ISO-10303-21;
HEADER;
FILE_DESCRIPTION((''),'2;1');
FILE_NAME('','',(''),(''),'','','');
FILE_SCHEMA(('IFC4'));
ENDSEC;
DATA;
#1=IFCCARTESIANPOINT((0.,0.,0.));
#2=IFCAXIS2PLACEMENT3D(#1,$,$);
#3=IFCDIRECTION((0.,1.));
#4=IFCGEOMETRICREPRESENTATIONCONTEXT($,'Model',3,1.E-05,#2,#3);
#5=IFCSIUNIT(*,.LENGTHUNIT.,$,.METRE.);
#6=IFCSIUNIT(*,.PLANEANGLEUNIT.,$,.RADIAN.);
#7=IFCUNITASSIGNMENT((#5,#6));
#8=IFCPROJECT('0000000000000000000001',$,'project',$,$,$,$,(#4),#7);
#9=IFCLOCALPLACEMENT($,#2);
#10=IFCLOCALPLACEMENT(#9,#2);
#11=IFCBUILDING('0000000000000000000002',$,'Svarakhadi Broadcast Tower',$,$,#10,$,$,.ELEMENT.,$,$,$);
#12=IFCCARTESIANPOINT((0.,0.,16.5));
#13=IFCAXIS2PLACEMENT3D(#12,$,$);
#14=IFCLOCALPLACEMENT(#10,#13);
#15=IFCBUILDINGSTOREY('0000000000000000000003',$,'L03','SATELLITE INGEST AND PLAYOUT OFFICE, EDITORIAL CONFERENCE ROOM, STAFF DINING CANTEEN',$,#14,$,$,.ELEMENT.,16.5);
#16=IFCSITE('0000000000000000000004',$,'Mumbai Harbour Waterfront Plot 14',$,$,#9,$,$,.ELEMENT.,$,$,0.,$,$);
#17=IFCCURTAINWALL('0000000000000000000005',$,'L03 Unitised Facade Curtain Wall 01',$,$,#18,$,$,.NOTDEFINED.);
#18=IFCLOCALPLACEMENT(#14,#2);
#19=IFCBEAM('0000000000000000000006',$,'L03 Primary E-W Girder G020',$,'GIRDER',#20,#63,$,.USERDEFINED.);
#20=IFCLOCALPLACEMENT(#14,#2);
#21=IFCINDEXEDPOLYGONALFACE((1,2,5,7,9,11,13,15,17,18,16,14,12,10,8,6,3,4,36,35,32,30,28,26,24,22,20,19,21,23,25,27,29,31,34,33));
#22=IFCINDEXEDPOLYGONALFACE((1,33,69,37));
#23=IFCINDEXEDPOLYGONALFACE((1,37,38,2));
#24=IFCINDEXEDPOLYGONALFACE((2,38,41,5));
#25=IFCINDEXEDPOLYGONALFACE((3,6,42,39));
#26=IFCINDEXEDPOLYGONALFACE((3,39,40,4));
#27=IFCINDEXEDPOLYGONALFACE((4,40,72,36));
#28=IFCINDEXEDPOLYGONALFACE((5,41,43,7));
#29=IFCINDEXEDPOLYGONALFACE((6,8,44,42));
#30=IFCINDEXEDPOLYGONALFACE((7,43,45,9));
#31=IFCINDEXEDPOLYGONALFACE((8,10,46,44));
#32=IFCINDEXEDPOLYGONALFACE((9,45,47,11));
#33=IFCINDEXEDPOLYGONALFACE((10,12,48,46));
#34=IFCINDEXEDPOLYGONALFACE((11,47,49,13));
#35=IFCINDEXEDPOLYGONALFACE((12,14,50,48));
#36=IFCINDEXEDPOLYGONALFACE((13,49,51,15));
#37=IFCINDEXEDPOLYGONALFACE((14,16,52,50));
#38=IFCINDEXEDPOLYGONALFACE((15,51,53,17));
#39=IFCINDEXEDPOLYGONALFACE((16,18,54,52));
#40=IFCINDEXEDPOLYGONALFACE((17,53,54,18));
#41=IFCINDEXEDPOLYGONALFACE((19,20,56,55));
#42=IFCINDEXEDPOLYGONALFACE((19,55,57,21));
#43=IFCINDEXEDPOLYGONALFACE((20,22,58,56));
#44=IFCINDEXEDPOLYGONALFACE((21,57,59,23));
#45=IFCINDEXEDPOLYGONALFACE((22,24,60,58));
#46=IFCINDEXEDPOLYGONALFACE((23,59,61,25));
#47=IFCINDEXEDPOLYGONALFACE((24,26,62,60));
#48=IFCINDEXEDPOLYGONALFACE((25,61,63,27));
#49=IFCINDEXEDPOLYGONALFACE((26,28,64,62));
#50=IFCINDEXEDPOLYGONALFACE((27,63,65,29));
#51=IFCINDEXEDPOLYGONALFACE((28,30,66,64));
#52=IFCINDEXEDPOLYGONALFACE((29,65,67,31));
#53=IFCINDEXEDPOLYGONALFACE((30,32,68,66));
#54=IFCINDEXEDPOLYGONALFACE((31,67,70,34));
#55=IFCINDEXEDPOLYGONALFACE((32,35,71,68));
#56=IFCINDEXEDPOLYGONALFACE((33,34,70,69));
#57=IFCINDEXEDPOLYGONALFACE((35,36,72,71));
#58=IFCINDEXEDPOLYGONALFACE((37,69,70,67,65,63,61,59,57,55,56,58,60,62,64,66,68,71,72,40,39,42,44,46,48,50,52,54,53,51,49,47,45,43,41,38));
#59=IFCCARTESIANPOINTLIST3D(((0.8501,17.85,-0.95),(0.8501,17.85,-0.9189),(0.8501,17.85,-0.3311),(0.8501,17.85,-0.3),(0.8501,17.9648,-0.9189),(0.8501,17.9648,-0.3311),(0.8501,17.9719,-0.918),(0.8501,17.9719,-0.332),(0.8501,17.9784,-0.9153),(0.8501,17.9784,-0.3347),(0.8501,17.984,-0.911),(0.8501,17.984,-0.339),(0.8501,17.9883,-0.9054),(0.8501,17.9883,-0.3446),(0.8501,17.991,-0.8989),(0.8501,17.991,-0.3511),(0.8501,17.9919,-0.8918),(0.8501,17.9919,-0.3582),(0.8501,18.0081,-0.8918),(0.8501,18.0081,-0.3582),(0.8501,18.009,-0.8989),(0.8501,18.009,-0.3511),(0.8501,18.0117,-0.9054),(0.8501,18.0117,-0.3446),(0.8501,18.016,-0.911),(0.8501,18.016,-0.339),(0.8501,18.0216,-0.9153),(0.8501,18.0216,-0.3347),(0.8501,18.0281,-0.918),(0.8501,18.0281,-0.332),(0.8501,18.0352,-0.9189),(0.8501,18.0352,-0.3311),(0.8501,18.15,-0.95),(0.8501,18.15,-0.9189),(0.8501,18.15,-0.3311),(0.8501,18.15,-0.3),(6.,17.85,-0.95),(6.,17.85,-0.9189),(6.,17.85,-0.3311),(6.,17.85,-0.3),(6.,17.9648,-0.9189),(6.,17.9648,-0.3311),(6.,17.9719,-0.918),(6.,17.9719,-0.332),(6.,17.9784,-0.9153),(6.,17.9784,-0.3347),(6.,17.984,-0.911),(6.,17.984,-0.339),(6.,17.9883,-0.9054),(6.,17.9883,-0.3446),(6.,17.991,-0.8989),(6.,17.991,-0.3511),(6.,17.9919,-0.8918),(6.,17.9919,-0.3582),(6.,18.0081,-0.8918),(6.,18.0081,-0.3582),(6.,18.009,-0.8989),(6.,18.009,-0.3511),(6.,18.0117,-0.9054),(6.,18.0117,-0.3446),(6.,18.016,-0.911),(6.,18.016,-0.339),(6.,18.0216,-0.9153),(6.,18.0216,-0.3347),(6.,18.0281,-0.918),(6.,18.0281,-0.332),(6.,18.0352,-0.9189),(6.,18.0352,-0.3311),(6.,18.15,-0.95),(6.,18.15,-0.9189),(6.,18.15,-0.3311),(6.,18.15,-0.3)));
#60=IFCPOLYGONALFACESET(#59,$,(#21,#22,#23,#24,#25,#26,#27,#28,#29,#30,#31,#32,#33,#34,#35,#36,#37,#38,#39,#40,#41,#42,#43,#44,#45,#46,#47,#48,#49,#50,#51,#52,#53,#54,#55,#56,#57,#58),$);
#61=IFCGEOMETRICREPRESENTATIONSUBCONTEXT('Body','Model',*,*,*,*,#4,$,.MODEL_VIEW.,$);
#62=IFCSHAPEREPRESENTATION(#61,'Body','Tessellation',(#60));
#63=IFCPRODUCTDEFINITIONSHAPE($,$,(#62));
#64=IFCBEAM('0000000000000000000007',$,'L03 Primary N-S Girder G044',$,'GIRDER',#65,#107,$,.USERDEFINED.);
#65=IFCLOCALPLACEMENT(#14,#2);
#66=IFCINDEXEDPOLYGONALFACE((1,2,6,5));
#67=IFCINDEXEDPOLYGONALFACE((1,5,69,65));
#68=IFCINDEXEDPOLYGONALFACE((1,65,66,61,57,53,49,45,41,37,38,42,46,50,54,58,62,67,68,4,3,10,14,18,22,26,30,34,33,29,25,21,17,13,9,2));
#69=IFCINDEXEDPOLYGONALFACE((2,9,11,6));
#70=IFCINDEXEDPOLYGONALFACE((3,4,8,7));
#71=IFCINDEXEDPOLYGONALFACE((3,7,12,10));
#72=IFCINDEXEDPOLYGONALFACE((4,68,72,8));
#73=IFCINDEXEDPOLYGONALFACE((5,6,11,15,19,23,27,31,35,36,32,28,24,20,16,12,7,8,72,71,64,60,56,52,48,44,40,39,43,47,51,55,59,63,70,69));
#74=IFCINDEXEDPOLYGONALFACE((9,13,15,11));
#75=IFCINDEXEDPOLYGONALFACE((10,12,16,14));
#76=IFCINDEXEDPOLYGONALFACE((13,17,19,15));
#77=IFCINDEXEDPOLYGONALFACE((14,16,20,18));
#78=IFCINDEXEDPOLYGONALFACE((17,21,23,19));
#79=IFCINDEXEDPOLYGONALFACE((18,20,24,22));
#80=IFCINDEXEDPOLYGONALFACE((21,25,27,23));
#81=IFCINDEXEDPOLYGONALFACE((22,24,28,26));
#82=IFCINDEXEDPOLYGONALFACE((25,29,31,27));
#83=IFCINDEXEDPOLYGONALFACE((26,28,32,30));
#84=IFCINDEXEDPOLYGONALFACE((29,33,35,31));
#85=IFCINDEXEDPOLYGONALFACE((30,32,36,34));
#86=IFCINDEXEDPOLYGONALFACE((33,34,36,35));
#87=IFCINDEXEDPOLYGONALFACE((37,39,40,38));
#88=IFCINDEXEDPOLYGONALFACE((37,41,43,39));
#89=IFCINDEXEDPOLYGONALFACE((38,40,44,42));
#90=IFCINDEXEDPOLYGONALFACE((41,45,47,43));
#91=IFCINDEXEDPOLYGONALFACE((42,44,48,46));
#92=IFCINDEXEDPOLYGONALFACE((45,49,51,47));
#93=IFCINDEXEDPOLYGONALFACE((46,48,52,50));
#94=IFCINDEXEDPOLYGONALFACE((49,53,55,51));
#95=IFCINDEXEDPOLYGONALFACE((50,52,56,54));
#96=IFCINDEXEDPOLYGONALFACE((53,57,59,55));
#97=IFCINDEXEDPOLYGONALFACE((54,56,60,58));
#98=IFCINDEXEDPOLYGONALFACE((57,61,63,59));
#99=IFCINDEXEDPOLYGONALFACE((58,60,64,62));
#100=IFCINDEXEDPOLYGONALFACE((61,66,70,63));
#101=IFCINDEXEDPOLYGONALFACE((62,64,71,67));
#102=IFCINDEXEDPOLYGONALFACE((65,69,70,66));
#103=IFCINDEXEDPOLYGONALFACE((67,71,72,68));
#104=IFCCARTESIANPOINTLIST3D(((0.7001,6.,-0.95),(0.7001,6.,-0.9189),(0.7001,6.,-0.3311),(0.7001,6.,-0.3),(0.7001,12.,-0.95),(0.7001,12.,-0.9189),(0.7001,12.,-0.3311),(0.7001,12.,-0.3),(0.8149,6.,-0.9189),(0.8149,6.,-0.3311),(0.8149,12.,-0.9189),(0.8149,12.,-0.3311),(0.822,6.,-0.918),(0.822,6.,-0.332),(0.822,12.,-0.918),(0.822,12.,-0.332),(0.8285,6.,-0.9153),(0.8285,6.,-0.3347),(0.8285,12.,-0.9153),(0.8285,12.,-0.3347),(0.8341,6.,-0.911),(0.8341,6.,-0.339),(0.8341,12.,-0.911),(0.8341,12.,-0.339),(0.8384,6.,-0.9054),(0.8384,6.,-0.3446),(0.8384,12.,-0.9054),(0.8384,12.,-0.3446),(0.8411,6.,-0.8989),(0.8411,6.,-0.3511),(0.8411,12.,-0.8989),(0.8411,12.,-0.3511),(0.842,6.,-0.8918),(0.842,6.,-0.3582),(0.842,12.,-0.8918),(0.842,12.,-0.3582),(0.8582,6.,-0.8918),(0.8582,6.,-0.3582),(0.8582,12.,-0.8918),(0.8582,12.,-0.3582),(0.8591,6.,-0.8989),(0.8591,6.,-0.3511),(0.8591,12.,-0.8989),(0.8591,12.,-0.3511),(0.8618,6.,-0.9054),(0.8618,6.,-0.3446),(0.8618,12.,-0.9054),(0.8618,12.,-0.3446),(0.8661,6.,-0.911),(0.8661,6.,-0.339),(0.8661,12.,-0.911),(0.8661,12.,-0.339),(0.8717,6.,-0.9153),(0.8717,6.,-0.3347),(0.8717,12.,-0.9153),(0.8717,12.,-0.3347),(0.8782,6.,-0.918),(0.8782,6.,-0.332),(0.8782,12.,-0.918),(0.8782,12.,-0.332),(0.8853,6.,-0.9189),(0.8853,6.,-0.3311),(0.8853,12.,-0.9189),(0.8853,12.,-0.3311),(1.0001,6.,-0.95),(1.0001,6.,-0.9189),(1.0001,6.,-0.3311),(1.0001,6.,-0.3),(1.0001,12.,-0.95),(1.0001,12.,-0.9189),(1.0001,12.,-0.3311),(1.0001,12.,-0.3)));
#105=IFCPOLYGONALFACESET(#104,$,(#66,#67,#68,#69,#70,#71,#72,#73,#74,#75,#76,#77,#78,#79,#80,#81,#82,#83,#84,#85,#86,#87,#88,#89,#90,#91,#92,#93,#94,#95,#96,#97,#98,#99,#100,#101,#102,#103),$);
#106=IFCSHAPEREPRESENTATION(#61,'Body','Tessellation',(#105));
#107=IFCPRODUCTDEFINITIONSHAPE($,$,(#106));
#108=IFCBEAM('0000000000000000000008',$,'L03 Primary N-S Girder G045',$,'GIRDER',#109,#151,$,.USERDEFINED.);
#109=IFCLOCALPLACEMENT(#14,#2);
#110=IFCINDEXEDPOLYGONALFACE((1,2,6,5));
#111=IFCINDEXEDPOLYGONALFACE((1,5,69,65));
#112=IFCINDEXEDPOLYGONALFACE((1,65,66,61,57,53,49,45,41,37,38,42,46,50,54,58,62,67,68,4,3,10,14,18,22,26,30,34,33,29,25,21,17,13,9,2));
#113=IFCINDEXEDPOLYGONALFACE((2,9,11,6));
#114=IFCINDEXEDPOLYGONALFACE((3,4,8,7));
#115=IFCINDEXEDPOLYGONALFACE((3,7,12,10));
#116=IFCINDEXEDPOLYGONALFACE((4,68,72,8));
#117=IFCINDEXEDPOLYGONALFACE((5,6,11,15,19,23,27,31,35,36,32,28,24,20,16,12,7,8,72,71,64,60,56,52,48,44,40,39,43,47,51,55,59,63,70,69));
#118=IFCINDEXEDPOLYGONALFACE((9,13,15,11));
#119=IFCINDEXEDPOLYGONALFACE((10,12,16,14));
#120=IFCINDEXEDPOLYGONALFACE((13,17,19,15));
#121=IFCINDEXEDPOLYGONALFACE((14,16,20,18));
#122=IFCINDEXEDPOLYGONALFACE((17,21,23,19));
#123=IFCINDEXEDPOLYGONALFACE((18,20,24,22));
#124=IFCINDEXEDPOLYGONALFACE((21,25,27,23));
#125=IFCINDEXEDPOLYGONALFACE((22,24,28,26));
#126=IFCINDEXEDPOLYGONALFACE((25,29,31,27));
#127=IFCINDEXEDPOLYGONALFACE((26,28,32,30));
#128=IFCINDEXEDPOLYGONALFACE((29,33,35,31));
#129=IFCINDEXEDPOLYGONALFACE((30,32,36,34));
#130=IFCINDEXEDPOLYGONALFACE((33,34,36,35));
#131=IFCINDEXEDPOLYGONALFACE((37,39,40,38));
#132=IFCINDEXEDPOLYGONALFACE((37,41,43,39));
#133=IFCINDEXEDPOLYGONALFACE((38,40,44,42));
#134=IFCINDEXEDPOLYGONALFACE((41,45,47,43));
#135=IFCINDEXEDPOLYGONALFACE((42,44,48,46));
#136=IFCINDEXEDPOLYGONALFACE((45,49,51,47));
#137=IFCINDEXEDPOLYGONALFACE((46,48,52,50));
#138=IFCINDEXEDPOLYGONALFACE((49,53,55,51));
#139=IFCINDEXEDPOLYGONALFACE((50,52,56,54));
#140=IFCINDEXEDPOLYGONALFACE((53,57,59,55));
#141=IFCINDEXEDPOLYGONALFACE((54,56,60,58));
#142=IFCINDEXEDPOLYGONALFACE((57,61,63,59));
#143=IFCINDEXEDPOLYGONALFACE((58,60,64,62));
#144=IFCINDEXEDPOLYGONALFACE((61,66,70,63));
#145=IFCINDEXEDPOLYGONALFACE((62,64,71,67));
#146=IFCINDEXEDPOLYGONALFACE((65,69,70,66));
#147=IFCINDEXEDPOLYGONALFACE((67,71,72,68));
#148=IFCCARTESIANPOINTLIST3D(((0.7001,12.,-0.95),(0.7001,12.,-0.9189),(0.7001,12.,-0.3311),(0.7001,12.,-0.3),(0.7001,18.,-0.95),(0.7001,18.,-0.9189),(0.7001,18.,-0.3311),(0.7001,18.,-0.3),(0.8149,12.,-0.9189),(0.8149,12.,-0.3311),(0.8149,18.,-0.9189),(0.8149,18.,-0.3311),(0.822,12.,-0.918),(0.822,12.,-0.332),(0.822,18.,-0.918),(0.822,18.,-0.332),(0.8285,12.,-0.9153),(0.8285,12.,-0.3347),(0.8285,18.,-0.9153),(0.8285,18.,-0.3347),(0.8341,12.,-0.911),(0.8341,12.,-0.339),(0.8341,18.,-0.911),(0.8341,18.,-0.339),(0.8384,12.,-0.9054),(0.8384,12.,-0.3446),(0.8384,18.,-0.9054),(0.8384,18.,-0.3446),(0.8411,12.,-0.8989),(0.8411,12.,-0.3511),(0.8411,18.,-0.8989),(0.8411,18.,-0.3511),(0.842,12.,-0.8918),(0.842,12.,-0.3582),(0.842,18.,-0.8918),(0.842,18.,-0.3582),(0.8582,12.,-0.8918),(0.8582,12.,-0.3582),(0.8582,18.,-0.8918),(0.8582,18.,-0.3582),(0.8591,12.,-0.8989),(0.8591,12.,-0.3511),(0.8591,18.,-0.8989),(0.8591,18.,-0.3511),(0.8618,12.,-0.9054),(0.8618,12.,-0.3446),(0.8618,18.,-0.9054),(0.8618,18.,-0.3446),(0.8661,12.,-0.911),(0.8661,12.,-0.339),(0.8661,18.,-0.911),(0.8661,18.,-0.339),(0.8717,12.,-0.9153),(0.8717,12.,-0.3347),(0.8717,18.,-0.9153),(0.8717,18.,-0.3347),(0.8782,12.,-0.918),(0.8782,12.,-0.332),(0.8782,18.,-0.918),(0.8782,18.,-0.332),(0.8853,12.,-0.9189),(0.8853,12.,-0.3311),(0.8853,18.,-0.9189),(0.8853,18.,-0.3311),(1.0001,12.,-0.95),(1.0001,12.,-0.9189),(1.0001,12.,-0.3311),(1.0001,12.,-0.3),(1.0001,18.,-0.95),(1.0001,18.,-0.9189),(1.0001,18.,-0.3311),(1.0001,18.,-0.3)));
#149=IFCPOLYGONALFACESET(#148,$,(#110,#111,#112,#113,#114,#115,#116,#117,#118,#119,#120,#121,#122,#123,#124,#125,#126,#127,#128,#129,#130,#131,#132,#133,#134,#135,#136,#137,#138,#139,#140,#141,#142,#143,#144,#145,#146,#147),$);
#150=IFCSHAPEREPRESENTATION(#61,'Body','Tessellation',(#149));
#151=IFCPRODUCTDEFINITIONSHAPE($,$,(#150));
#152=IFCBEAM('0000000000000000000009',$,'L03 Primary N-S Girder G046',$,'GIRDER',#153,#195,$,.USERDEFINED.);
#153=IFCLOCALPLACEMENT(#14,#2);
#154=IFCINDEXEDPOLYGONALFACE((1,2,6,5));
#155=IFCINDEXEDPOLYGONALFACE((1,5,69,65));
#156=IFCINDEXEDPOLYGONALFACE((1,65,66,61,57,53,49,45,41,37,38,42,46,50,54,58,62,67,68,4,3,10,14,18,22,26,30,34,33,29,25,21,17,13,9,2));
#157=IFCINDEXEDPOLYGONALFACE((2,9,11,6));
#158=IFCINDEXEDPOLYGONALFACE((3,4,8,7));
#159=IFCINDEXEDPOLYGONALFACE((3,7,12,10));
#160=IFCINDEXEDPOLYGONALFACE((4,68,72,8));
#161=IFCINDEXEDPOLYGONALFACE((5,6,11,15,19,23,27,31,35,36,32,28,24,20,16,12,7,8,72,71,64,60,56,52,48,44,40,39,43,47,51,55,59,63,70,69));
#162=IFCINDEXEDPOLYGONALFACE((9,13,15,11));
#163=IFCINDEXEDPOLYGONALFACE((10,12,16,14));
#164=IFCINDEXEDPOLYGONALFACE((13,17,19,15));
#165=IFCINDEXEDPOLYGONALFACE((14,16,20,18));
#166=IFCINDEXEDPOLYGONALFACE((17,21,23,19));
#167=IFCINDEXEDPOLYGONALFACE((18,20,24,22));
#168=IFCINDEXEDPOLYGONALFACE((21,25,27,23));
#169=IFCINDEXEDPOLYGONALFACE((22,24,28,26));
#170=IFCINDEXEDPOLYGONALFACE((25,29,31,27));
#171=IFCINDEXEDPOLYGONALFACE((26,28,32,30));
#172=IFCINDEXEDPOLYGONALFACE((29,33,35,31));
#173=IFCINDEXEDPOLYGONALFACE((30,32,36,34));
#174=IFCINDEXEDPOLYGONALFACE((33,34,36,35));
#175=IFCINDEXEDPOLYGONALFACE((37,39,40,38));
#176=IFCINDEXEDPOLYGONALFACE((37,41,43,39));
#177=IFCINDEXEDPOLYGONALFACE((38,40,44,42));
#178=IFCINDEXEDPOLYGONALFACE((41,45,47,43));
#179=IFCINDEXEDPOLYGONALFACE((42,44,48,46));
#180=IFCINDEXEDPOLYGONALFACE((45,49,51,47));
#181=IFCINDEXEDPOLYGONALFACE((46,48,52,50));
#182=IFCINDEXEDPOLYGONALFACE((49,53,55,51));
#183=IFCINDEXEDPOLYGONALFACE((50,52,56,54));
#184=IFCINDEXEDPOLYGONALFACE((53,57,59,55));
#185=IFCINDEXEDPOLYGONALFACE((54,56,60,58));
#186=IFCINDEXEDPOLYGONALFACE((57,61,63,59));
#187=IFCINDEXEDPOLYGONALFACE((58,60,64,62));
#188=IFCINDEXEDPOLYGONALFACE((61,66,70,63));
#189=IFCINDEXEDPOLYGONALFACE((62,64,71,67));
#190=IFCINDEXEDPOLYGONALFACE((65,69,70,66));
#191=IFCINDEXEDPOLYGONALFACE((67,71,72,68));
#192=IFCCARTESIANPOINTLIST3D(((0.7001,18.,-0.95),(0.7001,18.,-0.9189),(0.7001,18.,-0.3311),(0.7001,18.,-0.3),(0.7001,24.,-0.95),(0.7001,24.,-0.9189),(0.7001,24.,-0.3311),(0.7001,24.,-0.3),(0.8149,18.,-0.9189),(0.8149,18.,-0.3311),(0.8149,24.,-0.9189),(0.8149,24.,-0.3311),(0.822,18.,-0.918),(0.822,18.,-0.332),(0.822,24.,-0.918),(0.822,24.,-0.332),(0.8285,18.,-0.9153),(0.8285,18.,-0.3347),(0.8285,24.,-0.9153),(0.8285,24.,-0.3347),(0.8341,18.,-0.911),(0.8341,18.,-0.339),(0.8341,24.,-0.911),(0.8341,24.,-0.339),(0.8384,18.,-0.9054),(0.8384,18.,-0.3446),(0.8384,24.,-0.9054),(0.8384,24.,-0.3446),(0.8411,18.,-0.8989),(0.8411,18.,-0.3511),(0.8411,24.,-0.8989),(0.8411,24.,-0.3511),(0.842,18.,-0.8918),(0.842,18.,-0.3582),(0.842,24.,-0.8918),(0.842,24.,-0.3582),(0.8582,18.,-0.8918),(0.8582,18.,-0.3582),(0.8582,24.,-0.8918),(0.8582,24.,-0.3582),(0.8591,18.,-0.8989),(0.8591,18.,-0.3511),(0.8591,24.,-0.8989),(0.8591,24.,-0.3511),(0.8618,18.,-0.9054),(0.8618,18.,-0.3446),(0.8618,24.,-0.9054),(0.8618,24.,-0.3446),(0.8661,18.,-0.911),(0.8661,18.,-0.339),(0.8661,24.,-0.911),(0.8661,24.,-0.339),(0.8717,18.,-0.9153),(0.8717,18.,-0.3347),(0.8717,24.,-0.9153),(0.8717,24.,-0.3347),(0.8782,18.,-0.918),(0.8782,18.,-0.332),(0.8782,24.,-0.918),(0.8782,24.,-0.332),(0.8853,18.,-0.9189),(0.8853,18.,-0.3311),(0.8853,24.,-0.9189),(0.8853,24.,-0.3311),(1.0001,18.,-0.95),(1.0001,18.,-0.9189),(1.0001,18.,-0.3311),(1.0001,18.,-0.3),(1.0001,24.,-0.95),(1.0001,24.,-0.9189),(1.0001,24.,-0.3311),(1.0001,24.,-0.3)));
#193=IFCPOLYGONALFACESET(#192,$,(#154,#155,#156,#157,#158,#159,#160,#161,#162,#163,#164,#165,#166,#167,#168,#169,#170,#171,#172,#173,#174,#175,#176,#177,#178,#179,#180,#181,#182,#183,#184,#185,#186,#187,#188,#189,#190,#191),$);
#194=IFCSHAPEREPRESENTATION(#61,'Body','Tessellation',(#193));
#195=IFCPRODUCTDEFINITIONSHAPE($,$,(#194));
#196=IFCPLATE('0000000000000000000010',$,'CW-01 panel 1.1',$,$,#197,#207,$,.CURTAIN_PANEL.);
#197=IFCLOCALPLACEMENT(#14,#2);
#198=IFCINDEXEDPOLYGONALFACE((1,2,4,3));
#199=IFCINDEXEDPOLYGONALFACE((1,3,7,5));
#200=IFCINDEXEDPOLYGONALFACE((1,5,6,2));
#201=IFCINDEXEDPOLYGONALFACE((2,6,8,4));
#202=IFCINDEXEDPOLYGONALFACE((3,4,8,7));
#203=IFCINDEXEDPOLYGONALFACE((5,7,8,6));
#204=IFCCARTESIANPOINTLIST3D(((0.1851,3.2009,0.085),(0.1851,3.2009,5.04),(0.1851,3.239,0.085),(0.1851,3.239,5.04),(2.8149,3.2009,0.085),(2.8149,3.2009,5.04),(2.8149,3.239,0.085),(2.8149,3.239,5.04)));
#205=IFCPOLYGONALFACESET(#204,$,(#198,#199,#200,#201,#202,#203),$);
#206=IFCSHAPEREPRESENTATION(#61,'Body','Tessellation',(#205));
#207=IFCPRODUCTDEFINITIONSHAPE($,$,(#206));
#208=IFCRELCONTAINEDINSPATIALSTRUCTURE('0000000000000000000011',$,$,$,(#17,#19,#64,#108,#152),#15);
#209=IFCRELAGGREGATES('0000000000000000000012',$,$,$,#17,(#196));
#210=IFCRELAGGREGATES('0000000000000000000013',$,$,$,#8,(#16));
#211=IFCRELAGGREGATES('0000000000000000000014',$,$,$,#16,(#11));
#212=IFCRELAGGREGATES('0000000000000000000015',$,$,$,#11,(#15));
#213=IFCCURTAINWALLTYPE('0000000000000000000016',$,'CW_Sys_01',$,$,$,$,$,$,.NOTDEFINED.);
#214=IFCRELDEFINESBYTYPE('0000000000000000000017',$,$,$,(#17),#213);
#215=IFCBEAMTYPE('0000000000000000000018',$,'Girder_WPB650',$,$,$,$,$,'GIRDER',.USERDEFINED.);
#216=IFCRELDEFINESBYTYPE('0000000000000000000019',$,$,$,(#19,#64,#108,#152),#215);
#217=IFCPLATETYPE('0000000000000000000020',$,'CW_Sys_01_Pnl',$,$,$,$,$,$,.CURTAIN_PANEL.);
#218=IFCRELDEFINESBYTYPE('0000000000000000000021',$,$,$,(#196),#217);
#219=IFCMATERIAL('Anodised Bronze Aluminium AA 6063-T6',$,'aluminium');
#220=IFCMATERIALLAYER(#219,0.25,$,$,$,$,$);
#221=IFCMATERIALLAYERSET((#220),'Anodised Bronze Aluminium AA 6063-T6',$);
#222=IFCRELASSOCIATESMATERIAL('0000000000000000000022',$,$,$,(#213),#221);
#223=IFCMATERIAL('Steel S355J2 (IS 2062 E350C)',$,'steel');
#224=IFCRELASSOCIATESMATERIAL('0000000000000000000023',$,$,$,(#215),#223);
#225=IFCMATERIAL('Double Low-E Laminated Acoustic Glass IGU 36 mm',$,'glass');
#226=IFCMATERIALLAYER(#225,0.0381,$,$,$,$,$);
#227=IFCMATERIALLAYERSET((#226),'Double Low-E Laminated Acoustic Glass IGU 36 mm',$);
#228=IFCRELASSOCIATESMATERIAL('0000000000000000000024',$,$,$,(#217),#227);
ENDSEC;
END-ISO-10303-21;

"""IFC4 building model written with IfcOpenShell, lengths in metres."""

from ifc_helpers import new_model, si_unit, direction, frame, origin, origin_2d, place, context, subcontext, project, spatial, rectangle, i_section, extrude, material, layer, layer_set, material_profile, profile_set, type_object, element, aggregate, save


model = new_model("IFC4")

# Units and contexts
model_context = context("Model", 3, precision=1e-05, world=origin(), true_north=direction((0.0, 1.0)))
body_context = subcontext(model_context, "Body", "Model", "MODEL_VIEW")
ifc_project = project(units=[si_unit("LENGTHUNIT", "METRE"), si_unit("PLANEANGLEUNIT", "RADIAN")], contexts=[model_context])

# Site, building, storey
site_placement = place(None, origin())
site = spatial("IfcSite", under=ifc_project, at=site_placement, Name="Mumbai Harbour Waterfront Plot 14", CompositionType="ELEMENT", RefElevation=0.0)
building_placement = place(site_placement, origin())
building = spatial("IfcBuilding", under=site, at=building_placement, Name="Svarakhadi Broadcast Tower", CompositionType="ELEMENT")
storey_placement = place(building_placement, frame((0.0, 0.0, 16.5)))
storey = spatial("IfcBuildingStorey", under=building, at=storey_placement, Name="L03", Description="SATELLITE INGEST AND PLAYOUT OFFICE, EDITORIAL CONFERENCE ROOM, STAFF DINING CANTEEN", CompositionType="ELEMENT", Elevation=16.5)

# Shared definitions
ifc_material_1 = material(Name="Steel S355J2 (IS 2062 E350C)", Category="steel")

# Curtain wall
ifc_material_2 = material(Name="Anodised Bronze Aluminium AA 6063-T6", Category="aluminium")
ifc_layer_1 = layer(ifc_material_2, 0.25)
ifc_layer_set_1 = layer_set([ifc_layer_1], Name="Anodised Bronze Aluminium AA 6063-T6")
curtain_wall_type = type_object("IfcCurtainWallType", Name="CW_Sys_01", PredefinedType="NOTDEFINED", material=ifc_layer_set_1)
curtain_wall_1_placement = place(storey_placement, origin())
curtain_wall_1 = element("IfcCurtainWall", 1, at=curtain_wall_1_placement, inside=storey, type_object=curtain_wall_type, Name="L03 Unitised Facade Curtain Wall 01", PredefinedType="NOTDEFINED")

# Beams
ifc_material_profile_1 = material_profile(ifc_material_1, i_section(OverallWidth=0.3, OverallDepth=0.6499, WebThickness=0.0161, FlangeThickness=0.031, FilletRadius=0.0271, at=origin_2d()), Name="WPB 650x300x225")
ifc_profile_set_1 = profile_set([ifc_material_profile_1], Name="Steel S355J2 (IS 2062 E350C)")
beam_type_1 = type_object("IfcBeamType", Name="Girder_WPB650", ElementType="GIRDER", PredefinedType="USERDEFINED", material=ifc_profile_set_1)
for number, where, z_axis, x_axis, name in (
    (2, (0.8501, 18.0, -0.625), (1.0, 0.0, 0.0), (0.0, 1.0, 0.0), "L03 Primary E-W Girder G020"),
):
    element("IfcBeam", number, at=place(storey_placement, frame(where, z_axis=z_axis, x_axis=x_axis)), inside=storey, type_object=beam_type_1, Name=name, ObjectType="GIRDER", PredefinedType="USERDEFINED", context=body_context, shape_type="SweptSolid", body=[
        extrude(i_section(OverallWidth=0.3, OverallDepth=0.6499, WebThickness=0.0161, FlangeThickness=0.031, FilletRadius=0.0271, at=origin_2d()), origin(), (0.0, 0.0, 1.0), 5.1499),
    ])
for number, where, z_axis, x_axis, name in (
    (3, (0.8501, 6.0, -0.625), (0.0, 1.0, 0.0), (-1.0, 0.0, 0.0), "L03 Primary N-S Girder G044"),
    (4, (0.8501, 12.0, -0.625), (0.0, 1.0, 0.0), (-1.0, 0.0, 0.0), "L03 Primary N-S Girder G045"),
    (5, (0.8501, 18.0, -0.625), (0.0, 1.0, 0.0), (-1.0, 0.0, 0.0), "L03 Primary N-S Girder G046"),
):
    element("IfcBeam", number, at=place(storey_placement, frame(where, z_axis=z_axis, x_axis=x_axis)), inside=storey, type_object=beam_type_1, Name=name, ObjectType="GIRDER", PredefinedType="USERDEFINED", context=body_context, shape_type="SweptSolid", body=[
        extrude(i_section(OverallWidth=0.3, OverallDepth=0.6499, WebThickness=0.0161, FlangeThickness=0.031, FilletRadius=0.0271, at=origin_2d()), origin(), (0.0, 0.0, 1.0), 6.0),
    ])

# Plate
ifc_material_3 = material(Name="Double Low-E Laminated Acoustic Glass IGU 36 mm", Category="glass")
ifc_layer_2 = layer(ifc_material_3, 0.0381)
ifc_layer_set_2 = layer_set([ifc_layer_2], Name="Double Low-E Laminated Acoustic Glass IGU 36 mm")
plate_type = type_object("IfcPlateType", Name="CW_Sys_01_Pnl", PredefinedType="CURTAIN_PANEL", material=ifc_layer_set_2)
plate_1_placement = place(storey_placement, frame((1.5, 3.22, 0.085), z_axis=(0.0, 0.0, 1.0), x_axis=(-1.0, 0.0, 0.0)))
plate_1 = element("IfcPlate", 6, at=plate_1_placement, type_object=plate_type, Name="CW-01 panel 1.1", PredefinedType="CURTAIN_PANEL", context=body_context, shape_type="SweptSolid", body=[
    extrude(rectangle(XDim=2.6299, YDim=0.0381, at=origin_2d()), origin(), (0.0, 0.0, 1.0), 4.9551),
])
aggregate(curtain_wall_1, [plate_1])

save(model, "model.ifc")
